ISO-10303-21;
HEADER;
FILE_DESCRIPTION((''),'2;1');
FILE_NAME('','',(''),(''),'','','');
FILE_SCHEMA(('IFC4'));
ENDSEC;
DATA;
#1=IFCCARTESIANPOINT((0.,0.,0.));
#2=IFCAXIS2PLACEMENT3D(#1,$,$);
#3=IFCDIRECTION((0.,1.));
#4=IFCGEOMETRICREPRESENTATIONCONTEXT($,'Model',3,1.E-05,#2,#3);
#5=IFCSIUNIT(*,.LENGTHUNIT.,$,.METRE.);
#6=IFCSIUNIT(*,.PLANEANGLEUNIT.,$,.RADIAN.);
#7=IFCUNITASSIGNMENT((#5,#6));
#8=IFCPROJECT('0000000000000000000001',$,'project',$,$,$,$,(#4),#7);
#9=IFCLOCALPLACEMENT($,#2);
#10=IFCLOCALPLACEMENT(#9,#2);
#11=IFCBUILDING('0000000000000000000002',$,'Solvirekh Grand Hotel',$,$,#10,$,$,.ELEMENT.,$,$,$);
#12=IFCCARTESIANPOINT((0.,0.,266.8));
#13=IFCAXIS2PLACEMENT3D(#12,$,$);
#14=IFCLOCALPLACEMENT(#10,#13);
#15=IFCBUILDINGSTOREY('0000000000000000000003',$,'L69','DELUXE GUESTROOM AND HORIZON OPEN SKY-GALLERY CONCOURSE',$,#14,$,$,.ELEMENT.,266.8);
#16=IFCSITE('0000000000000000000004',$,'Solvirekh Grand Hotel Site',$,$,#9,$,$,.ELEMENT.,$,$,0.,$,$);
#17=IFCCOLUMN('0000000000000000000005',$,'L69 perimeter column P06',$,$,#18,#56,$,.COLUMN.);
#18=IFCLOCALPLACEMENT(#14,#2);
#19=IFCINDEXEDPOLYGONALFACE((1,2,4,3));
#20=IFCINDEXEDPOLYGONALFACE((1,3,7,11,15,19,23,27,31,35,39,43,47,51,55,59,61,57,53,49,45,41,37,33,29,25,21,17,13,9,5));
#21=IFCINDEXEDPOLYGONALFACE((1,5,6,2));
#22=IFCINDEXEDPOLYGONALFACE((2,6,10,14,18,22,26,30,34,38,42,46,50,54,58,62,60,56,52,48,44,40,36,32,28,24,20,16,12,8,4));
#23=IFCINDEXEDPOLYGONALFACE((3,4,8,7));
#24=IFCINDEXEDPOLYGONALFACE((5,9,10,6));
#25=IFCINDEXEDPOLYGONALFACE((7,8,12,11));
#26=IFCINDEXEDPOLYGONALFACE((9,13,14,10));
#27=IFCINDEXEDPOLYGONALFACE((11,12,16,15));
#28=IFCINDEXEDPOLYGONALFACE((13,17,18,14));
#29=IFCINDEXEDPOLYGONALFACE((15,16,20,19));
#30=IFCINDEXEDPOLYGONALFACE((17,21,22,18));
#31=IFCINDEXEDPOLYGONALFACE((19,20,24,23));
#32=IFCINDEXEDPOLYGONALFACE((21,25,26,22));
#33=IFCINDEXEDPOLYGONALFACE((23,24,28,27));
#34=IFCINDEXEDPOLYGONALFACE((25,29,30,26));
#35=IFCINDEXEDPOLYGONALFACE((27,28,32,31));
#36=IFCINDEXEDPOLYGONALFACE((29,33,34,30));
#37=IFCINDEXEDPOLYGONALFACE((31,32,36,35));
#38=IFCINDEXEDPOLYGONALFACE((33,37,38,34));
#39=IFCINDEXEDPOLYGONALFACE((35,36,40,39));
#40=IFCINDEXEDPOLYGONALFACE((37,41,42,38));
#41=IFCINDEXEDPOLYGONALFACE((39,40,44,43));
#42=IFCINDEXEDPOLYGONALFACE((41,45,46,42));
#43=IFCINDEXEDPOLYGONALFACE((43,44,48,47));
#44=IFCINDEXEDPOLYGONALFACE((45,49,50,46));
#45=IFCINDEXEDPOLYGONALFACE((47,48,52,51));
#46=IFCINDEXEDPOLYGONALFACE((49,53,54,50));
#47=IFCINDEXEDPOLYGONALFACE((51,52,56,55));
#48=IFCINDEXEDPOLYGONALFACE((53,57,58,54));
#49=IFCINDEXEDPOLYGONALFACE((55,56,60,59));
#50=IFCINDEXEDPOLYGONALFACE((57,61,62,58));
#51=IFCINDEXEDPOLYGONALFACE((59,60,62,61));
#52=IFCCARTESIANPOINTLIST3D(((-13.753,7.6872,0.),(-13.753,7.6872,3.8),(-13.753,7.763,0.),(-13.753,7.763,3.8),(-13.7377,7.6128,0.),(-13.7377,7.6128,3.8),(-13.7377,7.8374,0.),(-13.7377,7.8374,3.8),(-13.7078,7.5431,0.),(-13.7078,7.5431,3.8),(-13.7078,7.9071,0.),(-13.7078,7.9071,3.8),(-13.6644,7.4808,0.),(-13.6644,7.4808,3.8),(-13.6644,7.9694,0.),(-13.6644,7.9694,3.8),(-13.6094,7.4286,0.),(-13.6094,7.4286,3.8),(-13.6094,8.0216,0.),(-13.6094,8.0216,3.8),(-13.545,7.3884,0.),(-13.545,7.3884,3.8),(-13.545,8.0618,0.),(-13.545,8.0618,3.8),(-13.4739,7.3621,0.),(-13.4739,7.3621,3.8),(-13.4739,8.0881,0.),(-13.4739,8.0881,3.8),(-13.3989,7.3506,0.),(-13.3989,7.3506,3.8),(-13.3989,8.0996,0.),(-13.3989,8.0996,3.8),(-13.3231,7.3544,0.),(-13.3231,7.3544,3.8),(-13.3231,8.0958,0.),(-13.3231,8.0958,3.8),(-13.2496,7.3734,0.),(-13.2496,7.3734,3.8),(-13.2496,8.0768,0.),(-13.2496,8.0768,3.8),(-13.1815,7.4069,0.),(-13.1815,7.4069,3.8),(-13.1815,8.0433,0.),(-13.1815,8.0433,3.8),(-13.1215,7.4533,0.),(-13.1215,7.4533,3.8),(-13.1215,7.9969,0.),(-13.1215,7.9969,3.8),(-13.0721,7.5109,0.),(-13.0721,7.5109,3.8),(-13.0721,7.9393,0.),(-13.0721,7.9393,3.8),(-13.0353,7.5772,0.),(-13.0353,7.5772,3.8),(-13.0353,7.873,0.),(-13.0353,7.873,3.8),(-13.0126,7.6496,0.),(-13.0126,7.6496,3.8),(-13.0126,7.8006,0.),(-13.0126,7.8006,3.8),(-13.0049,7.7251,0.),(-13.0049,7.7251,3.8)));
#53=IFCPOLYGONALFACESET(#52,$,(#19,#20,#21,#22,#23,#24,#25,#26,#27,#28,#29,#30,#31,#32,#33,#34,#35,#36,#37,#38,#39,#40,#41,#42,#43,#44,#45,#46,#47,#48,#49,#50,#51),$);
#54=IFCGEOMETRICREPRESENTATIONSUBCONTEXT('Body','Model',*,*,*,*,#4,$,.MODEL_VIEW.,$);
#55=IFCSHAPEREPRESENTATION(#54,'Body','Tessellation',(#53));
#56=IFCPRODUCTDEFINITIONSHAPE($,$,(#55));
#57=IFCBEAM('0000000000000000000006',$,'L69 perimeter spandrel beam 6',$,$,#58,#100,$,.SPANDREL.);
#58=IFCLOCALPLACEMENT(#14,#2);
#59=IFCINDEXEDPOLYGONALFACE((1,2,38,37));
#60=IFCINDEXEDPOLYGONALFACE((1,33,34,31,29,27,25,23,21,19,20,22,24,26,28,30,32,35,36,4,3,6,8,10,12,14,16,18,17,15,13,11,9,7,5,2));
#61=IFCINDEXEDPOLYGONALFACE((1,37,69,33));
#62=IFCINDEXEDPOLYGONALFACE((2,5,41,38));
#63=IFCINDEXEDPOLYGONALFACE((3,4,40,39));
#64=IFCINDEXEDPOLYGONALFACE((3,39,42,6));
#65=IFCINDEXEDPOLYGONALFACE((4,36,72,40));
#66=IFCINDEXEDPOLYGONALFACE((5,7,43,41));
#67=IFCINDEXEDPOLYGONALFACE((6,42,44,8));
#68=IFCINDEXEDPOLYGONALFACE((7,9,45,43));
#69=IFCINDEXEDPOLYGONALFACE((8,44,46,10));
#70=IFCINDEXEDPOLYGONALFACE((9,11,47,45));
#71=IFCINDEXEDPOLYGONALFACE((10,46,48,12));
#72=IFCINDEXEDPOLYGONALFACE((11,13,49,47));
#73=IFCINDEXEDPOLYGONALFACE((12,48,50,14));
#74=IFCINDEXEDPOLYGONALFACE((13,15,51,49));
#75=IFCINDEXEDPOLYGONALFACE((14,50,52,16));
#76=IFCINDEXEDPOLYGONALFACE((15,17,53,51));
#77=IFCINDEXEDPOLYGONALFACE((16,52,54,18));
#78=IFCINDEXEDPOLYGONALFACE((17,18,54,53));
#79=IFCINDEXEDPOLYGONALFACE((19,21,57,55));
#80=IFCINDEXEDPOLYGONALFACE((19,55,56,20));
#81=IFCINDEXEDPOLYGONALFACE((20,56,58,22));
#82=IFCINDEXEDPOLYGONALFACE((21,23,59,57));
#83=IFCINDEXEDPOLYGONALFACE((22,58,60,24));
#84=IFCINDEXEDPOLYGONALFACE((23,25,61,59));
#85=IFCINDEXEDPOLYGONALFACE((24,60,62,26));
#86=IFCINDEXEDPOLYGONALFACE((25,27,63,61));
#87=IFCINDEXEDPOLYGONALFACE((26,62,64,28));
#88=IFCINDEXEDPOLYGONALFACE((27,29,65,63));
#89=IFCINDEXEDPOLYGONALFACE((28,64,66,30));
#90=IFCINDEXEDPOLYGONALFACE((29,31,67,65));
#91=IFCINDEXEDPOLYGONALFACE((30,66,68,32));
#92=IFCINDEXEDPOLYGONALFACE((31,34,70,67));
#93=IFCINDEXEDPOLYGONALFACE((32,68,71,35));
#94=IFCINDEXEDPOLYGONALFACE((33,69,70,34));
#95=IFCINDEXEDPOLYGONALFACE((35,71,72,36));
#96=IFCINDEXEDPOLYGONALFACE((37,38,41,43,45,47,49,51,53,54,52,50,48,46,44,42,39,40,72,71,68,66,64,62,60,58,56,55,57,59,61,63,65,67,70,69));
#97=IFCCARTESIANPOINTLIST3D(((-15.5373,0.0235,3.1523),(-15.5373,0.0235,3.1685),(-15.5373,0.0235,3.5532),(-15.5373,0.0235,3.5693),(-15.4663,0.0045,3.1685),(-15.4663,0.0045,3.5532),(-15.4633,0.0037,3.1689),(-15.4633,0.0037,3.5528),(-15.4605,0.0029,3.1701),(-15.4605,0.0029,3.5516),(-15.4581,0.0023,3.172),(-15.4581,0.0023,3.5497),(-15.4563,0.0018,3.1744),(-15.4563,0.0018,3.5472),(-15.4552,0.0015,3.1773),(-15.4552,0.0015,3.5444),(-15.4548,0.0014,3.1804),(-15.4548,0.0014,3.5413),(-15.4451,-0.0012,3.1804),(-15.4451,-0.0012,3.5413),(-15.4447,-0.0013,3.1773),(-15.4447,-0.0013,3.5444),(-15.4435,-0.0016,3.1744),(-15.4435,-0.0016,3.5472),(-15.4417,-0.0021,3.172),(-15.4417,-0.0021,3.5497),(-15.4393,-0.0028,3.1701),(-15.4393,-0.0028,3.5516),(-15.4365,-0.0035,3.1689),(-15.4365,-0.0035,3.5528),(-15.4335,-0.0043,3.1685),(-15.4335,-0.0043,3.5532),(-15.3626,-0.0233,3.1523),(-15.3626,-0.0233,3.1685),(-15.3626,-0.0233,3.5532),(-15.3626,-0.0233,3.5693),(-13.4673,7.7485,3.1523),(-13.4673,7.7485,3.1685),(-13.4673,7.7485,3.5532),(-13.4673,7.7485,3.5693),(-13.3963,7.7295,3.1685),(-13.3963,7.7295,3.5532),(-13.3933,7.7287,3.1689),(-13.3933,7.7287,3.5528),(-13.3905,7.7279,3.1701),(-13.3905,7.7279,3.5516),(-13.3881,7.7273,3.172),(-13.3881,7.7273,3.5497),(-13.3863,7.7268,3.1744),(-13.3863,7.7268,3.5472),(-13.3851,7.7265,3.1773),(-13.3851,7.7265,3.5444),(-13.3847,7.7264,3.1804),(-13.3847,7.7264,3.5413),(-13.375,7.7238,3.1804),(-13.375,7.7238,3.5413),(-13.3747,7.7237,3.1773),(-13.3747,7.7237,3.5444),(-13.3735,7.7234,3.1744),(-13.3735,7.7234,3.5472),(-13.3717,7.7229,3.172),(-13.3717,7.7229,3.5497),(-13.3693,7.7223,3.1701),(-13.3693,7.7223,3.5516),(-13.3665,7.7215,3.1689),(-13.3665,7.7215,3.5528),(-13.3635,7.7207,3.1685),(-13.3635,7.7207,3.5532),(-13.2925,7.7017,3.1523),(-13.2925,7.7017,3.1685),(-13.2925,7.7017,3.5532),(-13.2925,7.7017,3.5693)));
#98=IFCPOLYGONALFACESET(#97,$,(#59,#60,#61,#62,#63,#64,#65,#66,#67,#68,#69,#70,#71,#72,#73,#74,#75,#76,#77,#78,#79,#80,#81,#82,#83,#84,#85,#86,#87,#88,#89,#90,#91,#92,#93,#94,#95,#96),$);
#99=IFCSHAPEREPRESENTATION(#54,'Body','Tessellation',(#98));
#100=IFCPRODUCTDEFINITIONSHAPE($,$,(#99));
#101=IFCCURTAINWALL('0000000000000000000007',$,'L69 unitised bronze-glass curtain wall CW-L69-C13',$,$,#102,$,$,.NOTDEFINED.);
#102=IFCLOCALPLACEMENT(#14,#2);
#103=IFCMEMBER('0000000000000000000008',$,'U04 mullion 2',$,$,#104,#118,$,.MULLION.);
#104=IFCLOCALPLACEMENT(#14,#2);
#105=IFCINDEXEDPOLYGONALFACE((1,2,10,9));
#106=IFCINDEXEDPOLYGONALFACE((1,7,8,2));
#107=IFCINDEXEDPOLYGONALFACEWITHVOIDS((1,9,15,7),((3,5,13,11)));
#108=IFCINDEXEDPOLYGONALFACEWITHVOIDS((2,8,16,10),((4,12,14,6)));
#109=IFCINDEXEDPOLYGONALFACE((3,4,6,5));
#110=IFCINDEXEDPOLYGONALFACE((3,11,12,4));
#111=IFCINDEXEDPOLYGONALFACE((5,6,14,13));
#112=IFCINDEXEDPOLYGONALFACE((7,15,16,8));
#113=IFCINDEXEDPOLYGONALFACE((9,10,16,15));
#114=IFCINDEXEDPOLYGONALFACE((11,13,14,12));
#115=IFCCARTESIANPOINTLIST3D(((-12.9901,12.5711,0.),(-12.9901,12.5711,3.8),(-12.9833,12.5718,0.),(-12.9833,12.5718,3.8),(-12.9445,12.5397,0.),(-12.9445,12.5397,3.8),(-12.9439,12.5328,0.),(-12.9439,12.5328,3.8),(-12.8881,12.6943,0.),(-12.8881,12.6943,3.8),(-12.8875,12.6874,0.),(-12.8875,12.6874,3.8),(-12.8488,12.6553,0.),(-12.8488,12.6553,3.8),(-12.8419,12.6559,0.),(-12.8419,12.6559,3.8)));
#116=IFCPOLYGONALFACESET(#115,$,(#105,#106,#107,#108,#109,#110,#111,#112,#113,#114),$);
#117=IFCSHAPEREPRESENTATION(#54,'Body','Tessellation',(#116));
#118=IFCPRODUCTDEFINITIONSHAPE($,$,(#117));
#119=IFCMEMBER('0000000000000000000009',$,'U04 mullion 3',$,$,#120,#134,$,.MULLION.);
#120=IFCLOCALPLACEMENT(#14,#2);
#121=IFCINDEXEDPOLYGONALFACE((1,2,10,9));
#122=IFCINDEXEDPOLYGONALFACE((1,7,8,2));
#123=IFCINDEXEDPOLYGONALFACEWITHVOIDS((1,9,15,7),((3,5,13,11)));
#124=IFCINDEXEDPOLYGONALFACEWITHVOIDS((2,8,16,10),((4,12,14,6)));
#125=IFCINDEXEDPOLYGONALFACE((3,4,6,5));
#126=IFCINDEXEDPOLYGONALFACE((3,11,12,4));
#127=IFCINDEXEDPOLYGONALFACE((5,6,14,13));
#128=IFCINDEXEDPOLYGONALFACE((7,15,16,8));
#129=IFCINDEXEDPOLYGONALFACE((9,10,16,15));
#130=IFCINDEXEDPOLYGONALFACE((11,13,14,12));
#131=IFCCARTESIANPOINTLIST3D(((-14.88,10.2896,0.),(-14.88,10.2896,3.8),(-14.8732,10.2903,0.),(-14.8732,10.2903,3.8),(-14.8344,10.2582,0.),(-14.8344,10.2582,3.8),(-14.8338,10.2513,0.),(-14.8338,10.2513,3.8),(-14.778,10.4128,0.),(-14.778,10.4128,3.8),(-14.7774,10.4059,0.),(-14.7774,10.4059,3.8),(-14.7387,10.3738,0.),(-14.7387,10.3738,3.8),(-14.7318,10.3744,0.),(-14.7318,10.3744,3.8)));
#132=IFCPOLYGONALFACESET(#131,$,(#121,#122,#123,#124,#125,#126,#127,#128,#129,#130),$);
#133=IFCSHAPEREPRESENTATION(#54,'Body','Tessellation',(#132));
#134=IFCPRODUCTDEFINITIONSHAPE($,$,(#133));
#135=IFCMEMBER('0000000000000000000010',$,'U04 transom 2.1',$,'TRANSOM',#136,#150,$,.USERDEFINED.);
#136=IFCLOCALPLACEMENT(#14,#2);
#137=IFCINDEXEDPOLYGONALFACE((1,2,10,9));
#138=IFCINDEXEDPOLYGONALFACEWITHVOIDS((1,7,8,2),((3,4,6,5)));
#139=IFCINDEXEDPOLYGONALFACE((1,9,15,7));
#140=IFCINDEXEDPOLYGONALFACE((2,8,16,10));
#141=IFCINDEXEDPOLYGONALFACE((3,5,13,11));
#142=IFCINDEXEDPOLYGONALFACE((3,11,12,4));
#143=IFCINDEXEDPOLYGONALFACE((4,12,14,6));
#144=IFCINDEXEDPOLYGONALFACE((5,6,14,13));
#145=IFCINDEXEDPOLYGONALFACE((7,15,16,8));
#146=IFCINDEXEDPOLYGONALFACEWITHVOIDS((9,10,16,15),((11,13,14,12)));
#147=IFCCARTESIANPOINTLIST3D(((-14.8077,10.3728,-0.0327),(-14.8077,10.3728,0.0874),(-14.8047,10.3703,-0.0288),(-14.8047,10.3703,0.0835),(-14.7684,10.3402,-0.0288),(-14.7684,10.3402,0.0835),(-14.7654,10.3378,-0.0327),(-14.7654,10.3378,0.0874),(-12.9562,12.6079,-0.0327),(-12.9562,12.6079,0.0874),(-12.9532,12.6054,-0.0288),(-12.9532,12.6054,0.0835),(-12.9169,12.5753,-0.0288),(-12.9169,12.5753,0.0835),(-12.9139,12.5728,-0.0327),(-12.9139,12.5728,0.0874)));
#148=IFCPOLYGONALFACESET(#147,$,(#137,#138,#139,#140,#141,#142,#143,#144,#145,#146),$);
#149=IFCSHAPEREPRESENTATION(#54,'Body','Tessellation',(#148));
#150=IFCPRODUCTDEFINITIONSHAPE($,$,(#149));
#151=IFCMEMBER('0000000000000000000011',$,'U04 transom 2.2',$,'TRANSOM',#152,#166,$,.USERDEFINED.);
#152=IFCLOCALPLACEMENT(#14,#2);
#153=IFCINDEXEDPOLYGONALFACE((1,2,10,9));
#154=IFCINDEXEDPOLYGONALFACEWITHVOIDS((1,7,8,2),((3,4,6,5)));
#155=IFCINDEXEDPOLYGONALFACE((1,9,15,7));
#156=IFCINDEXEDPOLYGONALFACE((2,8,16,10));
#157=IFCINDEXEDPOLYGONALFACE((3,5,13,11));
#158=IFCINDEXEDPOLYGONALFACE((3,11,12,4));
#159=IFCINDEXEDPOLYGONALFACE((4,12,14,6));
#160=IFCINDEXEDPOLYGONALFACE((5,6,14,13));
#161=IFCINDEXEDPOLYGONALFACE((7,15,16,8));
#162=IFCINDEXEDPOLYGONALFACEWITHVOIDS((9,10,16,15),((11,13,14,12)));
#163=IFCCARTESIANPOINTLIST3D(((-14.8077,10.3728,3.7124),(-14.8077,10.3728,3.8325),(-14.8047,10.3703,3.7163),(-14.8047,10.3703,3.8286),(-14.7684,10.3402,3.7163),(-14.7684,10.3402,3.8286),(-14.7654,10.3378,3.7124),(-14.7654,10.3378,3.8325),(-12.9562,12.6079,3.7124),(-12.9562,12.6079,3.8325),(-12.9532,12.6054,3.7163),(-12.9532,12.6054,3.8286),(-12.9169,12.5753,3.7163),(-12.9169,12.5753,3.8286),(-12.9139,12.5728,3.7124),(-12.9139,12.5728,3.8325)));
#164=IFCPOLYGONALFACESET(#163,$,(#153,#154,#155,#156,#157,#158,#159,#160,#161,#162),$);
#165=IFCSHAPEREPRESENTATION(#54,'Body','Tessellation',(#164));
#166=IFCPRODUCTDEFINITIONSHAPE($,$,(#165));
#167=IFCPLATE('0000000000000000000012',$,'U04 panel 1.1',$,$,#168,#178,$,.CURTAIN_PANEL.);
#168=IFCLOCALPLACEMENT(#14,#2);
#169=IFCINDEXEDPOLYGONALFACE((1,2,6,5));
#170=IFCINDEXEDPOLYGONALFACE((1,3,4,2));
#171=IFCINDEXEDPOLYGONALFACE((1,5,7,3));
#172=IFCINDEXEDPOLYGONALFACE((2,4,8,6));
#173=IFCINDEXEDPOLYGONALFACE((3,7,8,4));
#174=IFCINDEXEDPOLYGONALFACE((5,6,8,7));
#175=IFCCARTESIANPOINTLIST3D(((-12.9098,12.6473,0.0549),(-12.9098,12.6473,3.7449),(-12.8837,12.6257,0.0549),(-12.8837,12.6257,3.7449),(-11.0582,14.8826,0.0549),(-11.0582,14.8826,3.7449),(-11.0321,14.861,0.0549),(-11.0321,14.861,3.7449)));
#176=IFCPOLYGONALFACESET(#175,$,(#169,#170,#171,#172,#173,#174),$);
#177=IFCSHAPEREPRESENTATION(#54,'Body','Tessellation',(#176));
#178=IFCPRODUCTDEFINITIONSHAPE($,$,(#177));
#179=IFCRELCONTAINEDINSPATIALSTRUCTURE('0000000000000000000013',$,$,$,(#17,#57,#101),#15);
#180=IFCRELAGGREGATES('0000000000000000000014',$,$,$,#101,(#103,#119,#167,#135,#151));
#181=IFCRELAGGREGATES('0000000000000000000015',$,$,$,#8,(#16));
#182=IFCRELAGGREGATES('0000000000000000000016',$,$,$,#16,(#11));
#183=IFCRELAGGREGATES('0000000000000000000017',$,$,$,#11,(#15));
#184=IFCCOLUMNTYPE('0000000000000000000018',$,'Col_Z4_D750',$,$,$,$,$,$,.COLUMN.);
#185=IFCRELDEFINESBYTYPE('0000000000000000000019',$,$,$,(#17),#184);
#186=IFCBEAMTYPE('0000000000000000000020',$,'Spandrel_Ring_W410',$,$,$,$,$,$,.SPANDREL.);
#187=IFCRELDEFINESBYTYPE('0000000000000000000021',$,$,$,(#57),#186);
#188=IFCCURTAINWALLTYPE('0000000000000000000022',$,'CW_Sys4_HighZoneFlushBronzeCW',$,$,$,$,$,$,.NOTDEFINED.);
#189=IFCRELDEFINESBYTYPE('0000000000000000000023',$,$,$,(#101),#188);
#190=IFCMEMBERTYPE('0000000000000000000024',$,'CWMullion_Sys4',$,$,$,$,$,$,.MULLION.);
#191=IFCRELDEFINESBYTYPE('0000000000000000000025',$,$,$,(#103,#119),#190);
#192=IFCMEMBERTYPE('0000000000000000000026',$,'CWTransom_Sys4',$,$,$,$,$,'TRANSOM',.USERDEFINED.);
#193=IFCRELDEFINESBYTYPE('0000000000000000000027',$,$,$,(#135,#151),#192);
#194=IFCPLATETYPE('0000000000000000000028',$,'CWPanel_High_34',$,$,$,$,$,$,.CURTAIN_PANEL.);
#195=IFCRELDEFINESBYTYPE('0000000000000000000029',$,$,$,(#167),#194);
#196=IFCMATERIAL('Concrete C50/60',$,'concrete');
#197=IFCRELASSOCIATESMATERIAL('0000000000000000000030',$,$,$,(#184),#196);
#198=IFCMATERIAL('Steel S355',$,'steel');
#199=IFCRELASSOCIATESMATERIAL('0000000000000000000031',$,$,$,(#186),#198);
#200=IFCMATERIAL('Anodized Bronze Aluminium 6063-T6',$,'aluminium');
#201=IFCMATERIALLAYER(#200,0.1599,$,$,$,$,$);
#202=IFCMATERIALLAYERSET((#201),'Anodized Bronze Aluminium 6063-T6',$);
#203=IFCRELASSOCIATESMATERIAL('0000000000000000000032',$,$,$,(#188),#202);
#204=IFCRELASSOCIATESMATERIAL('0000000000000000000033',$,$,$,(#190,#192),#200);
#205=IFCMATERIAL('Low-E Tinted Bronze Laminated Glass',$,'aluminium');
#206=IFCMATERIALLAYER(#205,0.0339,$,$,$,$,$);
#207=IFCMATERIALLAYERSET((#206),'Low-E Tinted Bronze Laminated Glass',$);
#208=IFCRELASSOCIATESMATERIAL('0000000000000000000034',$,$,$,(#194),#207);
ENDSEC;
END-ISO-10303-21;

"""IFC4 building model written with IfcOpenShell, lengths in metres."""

from ifc_helpers import new_model, si_unit, direction, frame, origin, origin_2d, place, context, subcontext, project, spatial, rectangle, hollow_rectangle, circle, i_section, extrude, source, transform, mapped, material, layer, layer_set, material_profile, profile_set, type_object, element, aggregate, save


model = new_model("IFC4")

# Units and contexts
model_context = context("Model", 3, precision=1e-05, world=origin(), true_north=direction((0.0, 1.0)))
body_context = subcontext(model_context, "Body", "Model", "MODEL_VIEW")
ifc_project = project(units=[si_unit("LENGTHUNIT", "METRE"), si_unit("PLANEANGLEUNIT", "RADIAN")], contexts=[model_context])

# Site, building, storey
site_placement = place(None, origin())
site = spatial("IfcSite", under=ifc_project, at=site_placement, Name="Solvirekh Grand Hotel Site", CompositionType="ELEMENT", RefElevation=0.0)
building_placement = place(site_placement, origin())
building = spatial("IfcBuilding", under=site, at=building_placement, Name="Solvirekh Grand Hotel", CompositionType="ELEMENT")
storey_placement = place(building_placement, frame((0.0, 0.0, 266.8)))
storey = spatial("IfcBuildingStorey", under=building, at=storey_placement, Name="L69", Description="DELUXE GUESTROOM AND HORIZON OPEN SKY-GALLERY CONCOURSE", CompositionType="ELEMENT", Elevation=266.8)

# Column
ifc_material_1 = material(Name="Concrete C50/60", Category="concrete")
ifc_material_profile_1 = material_profile(ifc_material_1, circle(Radius=0.375, at=origin_2d()), Name="RC CIRC D750")
ifc_profile_set_1 = profile_set([ifc_material_profile_1], Name="Concrete C50/60")
column_type = type_object("IfcColumnType", Name="Col_Z4_D750", PredefinedType="COLUMN", material=ifc_profile_set_1)
column_placement = place(storey_placement, frame((-13.3799, 7.7251, 0.0), z_axis=(0.0, 0.0, 1.0), x_axis=(1.0, 0.0, 0.0)))
element("IfcColumn", 1, at=column_placement, inside=storey, type_object=column_type, Name="L69 perimeter column P06", PredefinedType="COLUMN", context=body_context, shape_type="SweptSolid", body=[
    extrude(circle(Radius=0.375, at=origin_2d()), origin(), (0.0, 0.0, 1.0), 3.8),
])

# Beam
ifc_material_2 = material(Name="Steel S355", Category="steel")
ifc_material_profile_2 = material_profile(ifc_material_2, i_section(OverallWidth=0.1809, OverallDepth=0.417, WebThickness=0.01, FlangeThickness=0.0161, FilletRadius=0.012, at=origin_2d()), Name="W410X85")
ifc_profile_set_2 = profile_set([ifc_material_profile_2], Name="Steel S355")
beam_type = type_object("IfcBeamType", Name="Spandrel_Ring_W410", PredefinedType="SPANDREL", material=ifc_profile_set_2)
beam_placement = place(storey_placement, frame((-13.3799, 7.7251, 3.3608), z_axis=(-0.258835, -0.965922, 0.0), x_axis=(0.965922, -0.258835, 0.0)))
element("IfcBeam", 2, at=beam_placement, inside=storey, type_object=beam_type, Name="L69 perimeter spandrel beam 6", PredefinedType="SPANDREL", context=body_context, shape_type="SweptSolid", body=[
    extrude(i_section(OverallWidth=0.1809, OverallDepth=0.417, WebThickness=0.01, FlangeThickness=0.0161, FilletRadius=0.012, at=origin_2d()), origin(), (0.0, 0.0, 1.0), 7.9976),
])

# Curtain wall, members, plate
ifc_material_3 = material(Name="Anodized Bronze Aluminium 6063-T6", Category="aluminium")
ifc_layer_1 = layer(ifc_material_3, 0.1599)
ifc_layer_set_1 = layer_set([ifc_layer_1], Name="Anodized Bronze Aluminium 6063-T6")
curtain_wall_type = type_object("IfcCurtainWallType", Name="CW_Sys4_HighZoneFlushBronzeCW", PredefinedType="NOTDEFINED", material=ifc_layer_set_1)
curtain_wall_placement = place(storey_placement, origin())
curtain_wall = element("IfcCurtainWall", 3, at=curtain_wall_placement, inside=storey, type_object=curtain_wall_type, Name="L69 unitised bronze-glass curtain wall CW-L69-C13", PredefinedType="NOTDEFINED")
ifc_material_profile_3 = material_profile(ifc_material_3, hollow_rectangle(XDim=0.0601, YDim=0.1599, WallThickness=0.0049, at=origin_2d()), Name="ALU RHS 160X60X5")
ifc_profile_set_3 = profile_set([ifc_material_profile_3], Name="Anodized Bronze Aluminium 6063-T6")
member_type_1 = type_object("IfcMemberType", Name="CWMullion_Sys4", PredefinedType="MULLION", material=ifc_profile_set_3)
shared_shape_1 = source(origin(), body_context, "Body", "SweptSolid", [
    extrude(hollow_rectangle(XDim=0.0601, YDim=0.1599, WallThickness=0.0049, at=origin_2d()), origin(), (0.0, 0.0, 1.0), 3.8),
])
member_1_placement = place(storey_placement, frame((-12.916, 12.6135, 0.0), z_axis=(0.0, 0.0, 1.0), x_axis=(0.770094, -0.63793, 0.0)))
member_1 = element("IfcMember", 4, at=member_1_placement, type_object=member_type_1, Name="U04 mullion 2", PredefinedType="MULLION", context=body_context, shape_type="MappedRepresentation", body=[
    mapped(shared_shape_1, transform((0.0, 0.0, 0.0), x_axis=(1.0, 0.0, 0.0), y_axis=(0.0, 1.0, 0.0), z_axis=(0.0, 0.0, 1.0), scale=1.0)),
])
member_2_placement = place(storey_placement, frame((-14.8059, 10.332, 0.0), z_axis=(0.0, 0.0, 1.0), x_axis=(0.770094, -0.63793, 0.0)))
member_2 = element("IfcMember", 5, at=member_2_placement, type_object=member_type_1, Name="U04 mullion 3", PredefinedType="MULLION", context=body_context, shape_type="MappedRepresentation", body=[
    mapped(shared_shape_1, transform((0.0, 0.0, 0.0), x_axis=(1.0, 0.0, 0.0), y_axis=(0.0, 1.0, 0.0), z_axis=(0.0, 0.0, 1.0), scale=1.0)),
])
ifc_material_profile_4 = material_profile(ifc_material_3, hollow_rectangle(XDim=0.0549, YDim=0.1201, WallThickness=0.0039, at=origin_2d()), Name="ALU RHS 120X55X4")
ifc_profile_set_4 = profile_set([ifc_material_profile_4], Name="Anodized Bronze Aluminium 6063-T6")
member_type_2 = type_object("IfcMemberType", Name="CWTransom_Sys4", ElementType="TRANSOM", PredefinedType="USERDEFINED", material=ifc_profile_set_4)
shared_shape_2 = source(origin(), body_context, "Body", "SweptSolid", [
    extrude(hollow_rectangle(XDim=0.0549, YDim=0.1201, WallThickness=0.0039, at=origin_2d()), origin(), (0.0, 0.0, 1.0), 2.9023),
])
member_3_placement = place(storey_placement, frame((-12.9351, 12.5903, 0.0273), z_axis=(-0.637939, -0.770086, 0.0), x_axis=(0.770086, -0.637939, 0.0)))
member_3 = element("IfcMember", 6, at=member_3_placement, type_object=member_type_2, Name="U04 transom 2.1", ObjectType="TRANSOM", PredefinedType="USERDEFINED", context=body_context, shape_type="MappedRepresentation", body=[
    mapped(shared_shape_2, transform((0.0, 0.0, 0.0), x_axis=(1.0, 0.0, 0.0), y_axis=(0.0, 1.0, 0.0), z_axis=(0.0, 0.0, 1.0), scale=1.0)),
])
member_4_placement = place(storey_placement, frame((-12.9351, 12.5903, 3.7725), z_axis=(-0.637939, -0.770086, 0.0), x_axis=(0.770086, -0.637939, 0.0)))
member_4 = element("IfcMember", 7, at=member_4_placement, type_object=member_type_2, Name="U04 transom 2.2", ObjectType="TRANSOM", PredefinedType="USERDEFINED", context=body_context, shape_type="MappedRepresentation", body=[
    mapped(shared_shape_2, transform((0.0, 0.0, 0.0), x_axis=(1.0, 0.0, 0.0), y_axis=(0.0, 1.0, 0.0), z_axis=(0.0, 0.0, 1.0), scale=1.0)),
])
ifc_material_4 = material(Name="Low-E Tinted Bronze Laminated Glass", Category="aluminium")
ifc_layer_2 = layer(ifc_material_4, 0.0339)
ifc_layer_set_2 = layer_set([ifc_layer_2], Name="Low-E Tinted Bronze Laminated Glass")
plate_type = type_object("IfcPlateType", Name="CWPanel_High_34", PredefinedType="CURTAIN_PANEL", material=ifc_layer_set_2)
shared_shape_3 = source(origin(), body_context, "Body", "SweptSolid", [
    extrude(rectangle(XDim=2.9026, YDim=0.0339, at=origin_2d()), origin(), (0.0, 0.0, 1.0), 3.6899),
])
plate_1_placement = place(storey_placement, frame((-11.9709, 13.7542, 0.0549), z_axis=(0.0, 0.0, 1.0), x_axis=(-0.63793, -0.770094, 0.0)))
plate_1 = element("IfcPlate", 8, at=plate_1_placement, type_object=plate_type, Name="U04 panel 1.1", PredefinedType="CURTAIN_PANEL", context=body_context, shape_type="MappedRepresentation", body=[
    mapped(shared_shape_3, transform((0.0, 0.0, 0.0), x_axis=(1.0, 0.0, 0.0), y_axis=(0.0, 1.0, 0.0), z_axis=(0.0, 0.0, 1.0), scale=1.0)),
])
aggregate(curtain_wall, [member_1, member_2, plate_1, member_3, member_4])

save(model, "model.ifc")
